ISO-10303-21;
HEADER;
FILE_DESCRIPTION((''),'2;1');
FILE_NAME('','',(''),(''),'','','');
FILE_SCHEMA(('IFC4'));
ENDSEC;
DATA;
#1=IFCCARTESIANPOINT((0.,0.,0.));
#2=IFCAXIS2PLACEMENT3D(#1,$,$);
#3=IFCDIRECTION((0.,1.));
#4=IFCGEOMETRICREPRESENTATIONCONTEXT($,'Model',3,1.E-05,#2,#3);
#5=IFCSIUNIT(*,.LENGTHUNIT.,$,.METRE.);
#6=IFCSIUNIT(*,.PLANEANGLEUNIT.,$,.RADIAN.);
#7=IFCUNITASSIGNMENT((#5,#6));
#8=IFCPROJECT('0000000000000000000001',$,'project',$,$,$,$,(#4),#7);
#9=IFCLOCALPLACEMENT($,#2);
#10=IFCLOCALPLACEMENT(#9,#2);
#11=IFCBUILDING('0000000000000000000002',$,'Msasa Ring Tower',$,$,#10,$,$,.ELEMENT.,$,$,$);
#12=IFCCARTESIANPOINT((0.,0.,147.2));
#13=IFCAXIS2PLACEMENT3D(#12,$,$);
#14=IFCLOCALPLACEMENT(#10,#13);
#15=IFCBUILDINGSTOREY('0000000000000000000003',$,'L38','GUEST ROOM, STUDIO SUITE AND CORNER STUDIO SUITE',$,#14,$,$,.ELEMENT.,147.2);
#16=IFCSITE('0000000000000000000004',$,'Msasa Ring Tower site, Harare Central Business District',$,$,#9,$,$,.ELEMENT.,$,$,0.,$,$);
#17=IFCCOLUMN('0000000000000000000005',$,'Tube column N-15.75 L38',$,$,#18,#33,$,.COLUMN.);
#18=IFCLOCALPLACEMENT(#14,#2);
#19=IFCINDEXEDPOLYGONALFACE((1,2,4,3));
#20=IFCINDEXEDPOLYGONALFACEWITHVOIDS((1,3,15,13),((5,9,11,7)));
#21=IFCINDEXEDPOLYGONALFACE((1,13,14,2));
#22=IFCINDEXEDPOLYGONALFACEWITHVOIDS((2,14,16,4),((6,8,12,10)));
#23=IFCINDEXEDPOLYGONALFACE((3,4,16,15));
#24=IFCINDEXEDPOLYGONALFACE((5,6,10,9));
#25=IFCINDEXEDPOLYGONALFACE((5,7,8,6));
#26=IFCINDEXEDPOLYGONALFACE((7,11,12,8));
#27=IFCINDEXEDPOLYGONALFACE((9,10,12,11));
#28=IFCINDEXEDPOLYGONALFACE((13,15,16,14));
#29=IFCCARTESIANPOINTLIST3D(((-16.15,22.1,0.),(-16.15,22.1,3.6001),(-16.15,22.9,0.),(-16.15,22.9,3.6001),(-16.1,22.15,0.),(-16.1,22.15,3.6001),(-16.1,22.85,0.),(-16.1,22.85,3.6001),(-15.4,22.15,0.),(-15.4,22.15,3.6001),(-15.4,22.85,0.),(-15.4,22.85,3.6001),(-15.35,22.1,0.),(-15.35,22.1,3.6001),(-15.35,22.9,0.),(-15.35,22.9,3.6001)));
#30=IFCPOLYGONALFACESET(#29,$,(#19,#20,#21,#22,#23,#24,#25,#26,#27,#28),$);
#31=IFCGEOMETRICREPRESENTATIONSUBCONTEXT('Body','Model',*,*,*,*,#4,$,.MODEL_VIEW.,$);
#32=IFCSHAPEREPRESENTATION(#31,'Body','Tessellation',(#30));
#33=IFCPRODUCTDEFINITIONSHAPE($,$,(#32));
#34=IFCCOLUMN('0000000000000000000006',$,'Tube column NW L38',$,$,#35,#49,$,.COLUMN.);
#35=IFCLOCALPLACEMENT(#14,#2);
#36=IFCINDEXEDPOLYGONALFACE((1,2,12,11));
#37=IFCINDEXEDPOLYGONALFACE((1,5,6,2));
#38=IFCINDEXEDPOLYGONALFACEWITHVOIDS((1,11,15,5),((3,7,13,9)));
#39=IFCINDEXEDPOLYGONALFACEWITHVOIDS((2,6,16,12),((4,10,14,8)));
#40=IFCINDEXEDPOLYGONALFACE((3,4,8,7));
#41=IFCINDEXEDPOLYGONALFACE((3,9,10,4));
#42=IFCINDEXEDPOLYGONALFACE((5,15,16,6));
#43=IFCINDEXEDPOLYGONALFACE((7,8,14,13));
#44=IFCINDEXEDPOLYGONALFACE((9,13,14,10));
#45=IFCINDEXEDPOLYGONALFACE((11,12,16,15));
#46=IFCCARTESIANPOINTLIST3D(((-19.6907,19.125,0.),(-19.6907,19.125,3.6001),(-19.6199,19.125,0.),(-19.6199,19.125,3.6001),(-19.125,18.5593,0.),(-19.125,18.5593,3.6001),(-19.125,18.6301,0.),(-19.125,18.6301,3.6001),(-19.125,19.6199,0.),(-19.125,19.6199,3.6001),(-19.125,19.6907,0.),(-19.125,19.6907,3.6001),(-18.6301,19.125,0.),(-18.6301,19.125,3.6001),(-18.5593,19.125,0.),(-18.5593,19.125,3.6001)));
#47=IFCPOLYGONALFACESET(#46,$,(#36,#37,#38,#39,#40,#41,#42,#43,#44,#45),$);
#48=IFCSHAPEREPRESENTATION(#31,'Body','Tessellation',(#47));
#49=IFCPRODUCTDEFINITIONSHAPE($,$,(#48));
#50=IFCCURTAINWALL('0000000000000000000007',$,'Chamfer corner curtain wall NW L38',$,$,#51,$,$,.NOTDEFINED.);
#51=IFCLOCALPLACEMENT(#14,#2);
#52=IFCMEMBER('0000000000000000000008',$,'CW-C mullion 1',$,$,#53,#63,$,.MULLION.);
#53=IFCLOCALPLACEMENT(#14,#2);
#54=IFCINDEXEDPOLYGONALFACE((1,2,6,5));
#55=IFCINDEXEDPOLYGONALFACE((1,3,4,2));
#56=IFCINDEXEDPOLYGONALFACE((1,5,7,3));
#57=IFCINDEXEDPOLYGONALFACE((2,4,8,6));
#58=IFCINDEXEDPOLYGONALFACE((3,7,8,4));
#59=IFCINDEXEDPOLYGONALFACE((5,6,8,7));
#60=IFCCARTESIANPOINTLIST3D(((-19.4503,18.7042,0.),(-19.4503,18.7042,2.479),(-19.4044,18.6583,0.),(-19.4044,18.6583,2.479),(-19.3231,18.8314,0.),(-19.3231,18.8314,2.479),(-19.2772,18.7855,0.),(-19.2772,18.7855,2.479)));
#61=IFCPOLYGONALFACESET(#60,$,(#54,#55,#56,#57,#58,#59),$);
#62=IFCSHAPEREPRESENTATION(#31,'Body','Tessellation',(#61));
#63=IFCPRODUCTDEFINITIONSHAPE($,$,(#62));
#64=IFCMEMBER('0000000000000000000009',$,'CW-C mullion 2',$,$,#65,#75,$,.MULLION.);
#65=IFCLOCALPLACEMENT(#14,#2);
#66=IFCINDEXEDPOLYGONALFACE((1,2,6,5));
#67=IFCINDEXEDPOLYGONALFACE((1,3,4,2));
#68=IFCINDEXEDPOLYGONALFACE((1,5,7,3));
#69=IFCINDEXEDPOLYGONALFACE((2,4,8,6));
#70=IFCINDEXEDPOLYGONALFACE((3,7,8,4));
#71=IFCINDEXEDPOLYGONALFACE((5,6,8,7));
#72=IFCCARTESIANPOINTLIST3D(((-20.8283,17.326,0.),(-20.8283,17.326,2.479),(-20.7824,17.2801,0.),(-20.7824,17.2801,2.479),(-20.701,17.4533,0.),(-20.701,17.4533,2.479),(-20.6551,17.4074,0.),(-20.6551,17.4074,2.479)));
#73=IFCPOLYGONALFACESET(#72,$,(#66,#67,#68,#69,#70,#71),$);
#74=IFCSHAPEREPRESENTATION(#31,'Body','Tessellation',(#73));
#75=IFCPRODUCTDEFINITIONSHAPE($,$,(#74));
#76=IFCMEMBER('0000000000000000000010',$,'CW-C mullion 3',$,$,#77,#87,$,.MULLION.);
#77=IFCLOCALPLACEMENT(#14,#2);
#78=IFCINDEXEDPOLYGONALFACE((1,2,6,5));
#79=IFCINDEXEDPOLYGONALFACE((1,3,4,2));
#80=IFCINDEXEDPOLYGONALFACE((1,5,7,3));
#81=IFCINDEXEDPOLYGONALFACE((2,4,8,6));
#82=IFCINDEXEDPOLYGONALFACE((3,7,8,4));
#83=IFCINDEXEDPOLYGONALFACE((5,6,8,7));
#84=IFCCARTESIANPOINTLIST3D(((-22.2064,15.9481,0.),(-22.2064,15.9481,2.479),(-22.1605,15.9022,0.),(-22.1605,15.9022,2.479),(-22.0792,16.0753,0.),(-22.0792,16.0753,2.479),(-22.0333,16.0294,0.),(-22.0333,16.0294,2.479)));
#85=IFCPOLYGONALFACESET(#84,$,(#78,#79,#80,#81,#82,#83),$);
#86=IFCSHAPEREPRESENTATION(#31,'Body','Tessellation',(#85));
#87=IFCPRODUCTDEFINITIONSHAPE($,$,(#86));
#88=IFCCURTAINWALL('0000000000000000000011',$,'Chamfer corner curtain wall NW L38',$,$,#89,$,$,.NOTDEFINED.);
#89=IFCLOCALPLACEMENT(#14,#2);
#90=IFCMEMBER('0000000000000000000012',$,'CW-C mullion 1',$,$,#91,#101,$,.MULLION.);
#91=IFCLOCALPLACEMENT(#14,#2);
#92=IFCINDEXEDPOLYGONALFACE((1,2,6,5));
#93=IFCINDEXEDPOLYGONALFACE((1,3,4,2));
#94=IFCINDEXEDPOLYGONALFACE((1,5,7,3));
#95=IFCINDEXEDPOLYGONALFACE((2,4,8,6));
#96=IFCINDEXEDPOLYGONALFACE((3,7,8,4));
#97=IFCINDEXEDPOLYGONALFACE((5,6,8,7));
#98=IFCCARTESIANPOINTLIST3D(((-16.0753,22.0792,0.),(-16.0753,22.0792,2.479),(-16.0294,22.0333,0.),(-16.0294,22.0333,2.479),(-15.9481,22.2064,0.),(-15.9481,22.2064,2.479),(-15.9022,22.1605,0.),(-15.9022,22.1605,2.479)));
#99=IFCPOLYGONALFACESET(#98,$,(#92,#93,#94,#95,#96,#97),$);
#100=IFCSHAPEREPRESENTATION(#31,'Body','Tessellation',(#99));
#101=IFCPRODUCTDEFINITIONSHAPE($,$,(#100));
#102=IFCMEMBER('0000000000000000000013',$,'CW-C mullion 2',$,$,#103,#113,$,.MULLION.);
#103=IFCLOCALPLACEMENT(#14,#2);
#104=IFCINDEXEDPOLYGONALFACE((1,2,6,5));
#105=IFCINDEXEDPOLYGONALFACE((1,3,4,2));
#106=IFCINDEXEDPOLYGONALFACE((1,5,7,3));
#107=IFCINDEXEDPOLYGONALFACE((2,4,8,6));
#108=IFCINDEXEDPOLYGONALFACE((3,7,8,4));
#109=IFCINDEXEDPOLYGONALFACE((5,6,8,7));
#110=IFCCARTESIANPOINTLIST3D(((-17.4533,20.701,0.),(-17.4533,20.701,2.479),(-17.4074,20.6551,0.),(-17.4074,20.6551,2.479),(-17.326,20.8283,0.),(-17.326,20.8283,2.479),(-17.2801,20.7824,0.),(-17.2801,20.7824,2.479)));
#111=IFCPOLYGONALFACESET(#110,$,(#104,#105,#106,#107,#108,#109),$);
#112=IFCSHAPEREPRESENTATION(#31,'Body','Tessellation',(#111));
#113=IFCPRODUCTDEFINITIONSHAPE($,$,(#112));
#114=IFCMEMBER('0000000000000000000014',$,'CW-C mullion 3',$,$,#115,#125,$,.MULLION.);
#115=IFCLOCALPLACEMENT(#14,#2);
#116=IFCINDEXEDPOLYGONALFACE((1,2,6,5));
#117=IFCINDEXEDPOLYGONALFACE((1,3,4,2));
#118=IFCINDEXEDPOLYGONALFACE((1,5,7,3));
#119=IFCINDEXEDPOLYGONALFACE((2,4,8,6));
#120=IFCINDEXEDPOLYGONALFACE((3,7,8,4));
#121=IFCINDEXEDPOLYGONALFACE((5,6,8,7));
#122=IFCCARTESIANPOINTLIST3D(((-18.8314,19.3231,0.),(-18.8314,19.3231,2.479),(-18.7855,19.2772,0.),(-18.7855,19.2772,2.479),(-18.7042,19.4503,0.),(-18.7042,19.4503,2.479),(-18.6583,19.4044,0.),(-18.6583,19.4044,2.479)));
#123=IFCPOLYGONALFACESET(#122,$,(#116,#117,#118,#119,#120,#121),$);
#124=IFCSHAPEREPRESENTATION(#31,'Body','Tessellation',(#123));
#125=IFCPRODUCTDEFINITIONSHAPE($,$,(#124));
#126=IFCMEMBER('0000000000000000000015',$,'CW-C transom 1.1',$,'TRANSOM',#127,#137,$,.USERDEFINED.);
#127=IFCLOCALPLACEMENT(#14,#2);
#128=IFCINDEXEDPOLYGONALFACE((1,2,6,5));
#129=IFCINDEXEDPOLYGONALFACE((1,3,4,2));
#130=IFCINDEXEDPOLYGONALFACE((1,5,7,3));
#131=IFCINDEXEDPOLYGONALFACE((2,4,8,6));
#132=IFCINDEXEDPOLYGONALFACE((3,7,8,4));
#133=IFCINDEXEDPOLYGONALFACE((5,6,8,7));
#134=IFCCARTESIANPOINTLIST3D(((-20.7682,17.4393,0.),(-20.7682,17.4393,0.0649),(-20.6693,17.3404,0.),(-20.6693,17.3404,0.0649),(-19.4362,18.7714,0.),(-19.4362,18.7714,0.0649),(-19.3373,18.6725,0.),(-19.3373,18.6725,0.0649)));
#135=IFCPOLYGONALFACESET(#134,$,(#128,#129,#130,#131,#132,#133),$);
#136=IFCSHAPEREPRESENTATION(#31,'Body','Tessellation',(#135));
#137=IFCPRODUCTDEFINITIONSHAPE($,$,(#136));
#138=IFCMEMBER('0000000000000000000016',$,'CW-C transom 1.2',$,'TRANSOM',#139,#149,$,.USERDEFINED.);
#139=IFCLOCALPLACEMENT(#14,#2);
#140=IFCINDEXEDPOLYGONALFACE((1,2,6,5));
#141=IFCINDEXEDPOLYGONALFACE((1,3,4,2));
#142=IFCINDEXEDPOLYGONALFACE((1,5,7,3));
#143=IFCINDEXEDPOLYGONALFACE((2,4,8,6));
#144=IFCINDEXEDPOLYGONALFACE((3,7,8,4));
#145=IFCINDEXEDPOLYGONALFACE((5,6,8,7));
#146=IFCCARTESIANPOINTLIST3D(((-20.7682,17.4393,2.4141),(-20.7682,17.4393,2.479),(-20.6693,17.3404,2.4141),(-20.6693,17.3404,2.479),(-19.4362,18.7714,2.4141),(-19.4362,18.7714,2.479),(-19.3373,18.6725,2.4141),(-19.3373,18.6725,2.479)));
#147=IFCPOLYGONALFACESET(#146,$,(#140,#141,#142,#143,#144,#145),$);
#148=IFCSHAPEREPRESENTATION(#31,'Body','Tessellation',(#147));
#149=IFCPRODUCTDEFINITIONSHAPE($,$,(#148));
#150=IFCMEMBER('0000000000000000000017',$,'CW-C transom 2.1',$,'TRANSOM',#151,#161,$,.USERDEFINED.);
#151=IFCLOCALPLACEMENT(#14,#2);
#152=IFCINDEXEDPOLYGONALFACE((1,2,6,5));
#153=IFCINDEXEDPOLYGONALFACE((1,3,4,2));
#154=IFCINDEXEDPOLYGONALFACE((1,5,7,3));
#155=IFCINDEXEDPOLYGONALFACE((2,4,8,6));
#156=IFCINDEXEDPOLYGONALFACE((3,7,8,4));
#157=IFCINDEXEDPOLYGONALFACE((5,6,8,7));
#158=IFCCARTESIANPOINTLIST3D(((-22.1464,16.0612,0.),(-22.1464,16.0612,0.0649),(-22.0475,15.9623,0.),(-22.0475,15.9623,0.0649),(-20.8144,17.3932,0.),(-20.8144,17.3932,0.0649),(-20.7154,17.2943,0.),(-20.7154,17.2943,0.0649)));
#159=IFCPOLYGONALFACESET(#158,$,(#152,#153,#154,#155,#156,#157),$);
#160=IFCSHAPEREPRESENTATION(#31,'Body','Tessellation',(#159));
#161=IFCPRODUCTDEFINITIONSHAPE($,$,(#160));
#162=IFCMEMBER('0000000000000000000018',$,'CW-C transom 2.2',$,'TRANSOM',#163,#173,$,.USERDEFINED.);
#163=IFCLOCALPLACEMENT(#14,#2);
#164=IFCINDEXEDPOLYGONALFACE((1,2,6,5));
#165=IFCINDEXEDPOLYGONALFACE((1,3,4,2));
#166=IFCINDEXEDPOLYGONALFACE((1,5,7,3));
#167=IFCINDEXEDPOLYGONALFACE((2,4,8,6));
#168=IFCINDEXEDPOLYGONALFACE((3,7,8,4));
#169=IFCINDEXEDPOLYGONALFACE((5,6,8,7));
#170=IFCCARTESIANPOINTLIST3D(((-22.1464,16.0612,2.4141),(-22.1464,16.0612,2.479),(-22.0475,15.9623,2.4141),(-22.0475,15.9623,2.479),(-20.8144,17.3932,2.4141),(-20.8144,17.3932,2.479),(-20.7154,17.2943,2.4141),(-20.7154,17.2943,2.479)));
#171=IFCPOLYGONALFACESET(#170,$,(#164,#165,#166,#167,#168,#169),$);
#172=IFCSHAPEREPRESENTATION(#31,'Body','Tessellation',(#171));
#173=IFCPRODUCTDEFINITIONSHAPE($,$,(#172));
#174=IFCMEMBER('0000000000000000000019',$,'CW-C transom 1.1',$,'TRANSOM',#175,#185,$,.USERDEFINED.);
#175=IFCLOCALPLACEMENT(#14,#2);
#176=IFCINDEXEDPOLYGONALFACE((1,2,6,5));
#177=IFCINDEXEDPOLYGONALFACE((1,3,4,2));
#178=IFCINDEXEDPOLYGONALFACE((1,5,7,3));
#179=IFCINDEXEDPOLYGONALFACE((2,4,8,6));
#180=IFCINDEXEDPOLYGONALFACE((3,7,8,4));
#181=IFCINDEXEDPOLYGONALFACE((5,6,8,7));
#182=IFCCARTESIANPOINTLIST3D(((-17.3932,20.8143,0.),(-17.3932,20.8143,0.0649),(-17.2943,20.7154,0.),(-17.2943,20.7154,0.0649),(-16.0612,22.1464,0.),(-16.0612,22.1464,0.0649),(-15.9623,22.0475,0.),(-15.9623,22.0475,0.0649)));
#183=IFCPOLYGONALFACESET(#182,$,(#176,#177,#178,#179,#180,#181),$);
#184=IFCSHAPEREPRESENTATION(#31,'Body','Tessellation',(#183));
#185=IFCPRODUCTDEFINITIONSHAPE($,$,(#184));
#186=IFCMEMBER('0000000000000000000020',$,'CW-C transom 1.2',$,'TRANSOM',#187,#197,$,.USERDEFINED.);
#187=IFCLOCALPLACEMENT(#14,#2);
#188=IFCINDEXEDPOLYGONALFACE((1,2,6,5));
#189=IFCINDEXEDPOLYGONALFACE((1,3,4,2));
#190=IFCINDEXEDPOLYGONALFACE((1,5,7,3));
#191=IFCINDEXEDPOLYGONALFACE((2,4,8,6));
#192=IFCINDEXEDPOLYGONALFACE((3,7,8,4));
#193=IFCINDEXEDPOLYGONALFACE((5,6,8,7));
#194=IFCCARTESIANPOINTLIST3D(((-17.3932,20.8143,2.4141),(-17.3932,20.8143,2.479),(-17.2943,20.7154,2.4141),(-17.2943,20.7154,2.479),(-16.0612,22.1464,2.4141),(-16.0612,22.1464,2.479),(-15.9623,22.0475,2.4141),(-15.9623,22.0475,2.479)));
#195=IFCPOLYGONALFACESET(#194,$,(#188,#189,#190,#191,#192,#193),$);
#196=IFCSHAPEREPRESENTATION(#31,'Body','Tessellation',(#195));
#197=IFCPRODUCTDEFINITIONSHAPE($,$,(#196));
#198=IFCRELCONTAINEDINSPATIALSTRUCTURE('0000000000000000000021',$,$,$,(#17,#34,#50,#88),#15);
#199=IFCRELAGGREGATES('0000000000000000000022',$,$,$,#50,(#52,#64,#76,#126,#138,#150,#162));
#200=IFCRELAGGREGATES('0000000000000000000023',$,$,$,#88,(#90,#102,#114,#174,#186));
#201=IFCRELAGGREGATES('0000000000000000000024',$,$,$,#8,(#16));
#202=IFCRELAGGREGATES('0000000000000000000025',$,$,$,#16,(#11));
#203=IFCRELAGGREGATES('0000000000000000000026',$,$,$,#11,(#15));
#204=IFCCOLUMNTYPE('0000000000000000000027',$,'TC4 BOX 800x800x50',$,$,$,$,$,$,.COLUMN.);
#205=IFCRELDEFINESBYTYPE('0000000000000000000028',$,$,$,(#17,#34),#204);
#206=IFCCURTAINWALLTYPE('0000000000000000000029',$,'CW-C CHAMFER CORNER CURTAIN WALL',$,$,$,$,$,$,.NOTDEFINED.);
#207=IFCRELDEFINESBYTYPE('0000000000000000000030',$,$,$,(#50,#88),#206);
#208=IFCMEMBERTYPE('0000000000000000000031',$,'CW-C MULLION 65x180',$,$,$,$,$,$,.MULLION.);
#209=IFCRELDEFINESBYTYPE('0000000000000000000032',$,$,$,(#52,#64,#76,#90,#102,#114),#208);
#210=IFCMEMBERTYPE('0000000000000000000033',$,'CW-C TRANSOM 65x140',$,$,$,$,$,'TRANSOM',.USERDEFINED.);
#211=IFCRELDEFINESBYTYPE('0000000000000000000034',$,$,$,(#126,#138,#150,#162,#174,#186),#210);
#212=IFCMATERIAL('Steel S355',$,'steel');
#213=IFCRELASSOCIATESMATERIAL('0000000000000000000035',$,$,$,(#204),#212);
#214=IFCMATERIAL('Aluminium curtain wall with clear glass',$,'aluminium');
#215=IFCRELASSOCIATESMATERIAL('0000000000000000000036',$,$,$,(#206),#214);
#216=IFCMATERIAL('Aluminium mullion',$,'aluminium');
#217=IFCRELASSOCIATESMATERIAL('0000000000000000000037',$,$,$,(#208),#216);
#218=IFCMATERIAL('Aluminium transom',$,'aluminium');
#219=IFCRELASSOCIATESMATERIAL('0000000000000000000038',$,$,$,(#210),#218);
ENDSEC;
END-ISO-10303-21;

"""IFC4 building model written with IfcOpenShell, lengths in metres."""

from ifc_helpers import new_model, si_unit, direction, frame, origin, origin_2d, place, context, subcontext, project, spatial, rectangle, hollow_rectangle, extrude, material, material_profile, profile_set, type_object, element, aggregate, save


model = new_model("IFC4")

# Units and contexts
model_context = context("Model", 3, precision=1e-05, world=origin(), true_north=direction((0.0, 1.0)))
body_context = subcontext(model_context, "Body", "Model", "MODEL_VIEW")
ifc_project = project(units=[si_unit("LENGTHUNIT", "METRE"), si_unit("PLANEANGLEUNIT", "RADIAN")], contexts=[model_context])

# Site, building, storey
site_placement = place(None, origin())
site = spatial("IfcSite", under=ifc_project, at=site_placement, Name="Msasa Ring Tower site, Harare Central Business District", CompositionType="ELEMENT", RefElevation=0.0)
building_placement = place(site_placement, origin())
building = spatial("IfcBuilding", under=site, at=building_placement, Name="Msasa Ring Tower", CompositionType="ELEMENT")
storey_placement = place(building_placement, frame((0.0, 0.0, 147.2)))
storey = spatial("IfcBuildingStorey", under=building, at=storey_placement, Name="L38", Description="GUEST ROOM, STUDIO SUITE AND CORNER STUDIO SUITE", CompositionType="ELEMENT", Elevation=147.2)

# Columns
ifc_material_1 = material(Name="Steel S355", Category="steel")
ifc_material_profile_1 = material_profile(ifc_material_1, hollow_rectangle(XDim=0.8, YDim=0.8, WallThickness=0.05, at=origin_2d()), Name="BOX 800x800x50")
ifc_profile_set_1 = profile_set([ifc_material_profile_1], Name="Steel S355")
column_type = type_object("IfcColumnType", Name="TC4 BOX 800x800x50", PredefinedType="COLUMN", material=ifc_profile_set_1)
for number, where, z_axis, x_axis, name in (
    (1, (-15.75, 22.5, 0.0), (0.0, 0.0, 1.0), (0.0, 1.0, 0.0), "Tube column N-15.75 L38"),
    (2, (-19.125, 19.125, 0.0), (0.0, 0.0, 1.0), (0.707107, -0.707107, 0.0), "Tube column NW L38"),
):
    element("IfcColumn", number, at=place(storey_placement, frame(where, z_axis=z_axis, x_axis=x_axis)), inside=storey, type_object=column_type, Name=name, PredefinedType="COLUMN", context=body_context, shape_type="SweptSolid", body=[
        extrude(hollow_rectangle(XDim=0.8, YDim=0.8, WallThickness=0.05, at=origin_2d()), origin(), (0.0, 0.0, 1.0), 3.6001),
    ])

# Curtain walls, members
ifc_material_2 = material(Name="Aluminium curtain wall with clear glass", Category="aluminium")
curtain_wall_type = type_object("IfcCurtainWallType", Name="CW-C CHAMFER CORNER CURTAIN WALL", PredefinedType="NOTDEFINED", material=ifc_material_2)
curtain_wall_1_placement = place(storey_placement, origin())
curtain_wall_1 = element("IfcCurtainWall", 3, at=curtain_wall_1_placement, inside=storey, type_object=curtain_wall_type, Name="Chamfer corner curtain wall NW L38", PredefinedType="NOTDEFINED")
ifc_material_3 = material(Name="Aluminium mullion", Category="aluminium")
ifc_material_profile_2 = material_profile(ifc_material_3, rectangle(XDim=0.0649, YDim=0.1799, at=origin_2d()), Name="AL 65x180")
ifc_profile_set_2 = profile_set([ifc_material_profile_2], Name="Aluminium mullion")
member_type_1 = type_object("IfcMemberType", Name="CW-C MULLION 65x180", PredefinedType="MULLION", material=ifc_profile_set_2)
member_1_placement = place(storey_placement, frame((-19.3638, 18.7449, 0.0), z_axis=(0.0, 0.0, 1.0), x_axis=(0.707107, -0.707107, 0.0)))
member_1 = element("IfcMember", 4, at=member_1_placement, type_object=member_type_1, Name="CW-C mullion 1", PredefinedType="MULLION", context=body_context, shape_type="SweptSolid", body=[
    extrude(rectangle(XDim=0.0649, YDim=0.1799, at=origin_2d()), origin(), (0.0, 0.0, 1.0), 2.479),
])
member_2_placement = place(storey_placement, frame((-20.7417, 17.3667, 0.0), z_axis=(0.0, 0.0, 1.0), x_axis=(0.707107, -0.707107, 0.0)))
member_2 = element("IfcMember", 5, at=member_2_placement, type_object=member_type_1, Name="CW-C mullion 2", PredefinedType="MULLION", context=body_context, shape_type="SweptSolid", body=[
    extrude(rectangle(XDim=0.0649, YDim=0.1799, at=origin_2d()), origin(), (0.0, 0.0, 1.0), 2.479),
])
member_3_placement = place(storey_placement, frame((-22.1199, 15.9888, 0.0), z_axis=(0.0, 0.0, 1.0), x_axis=(0.707107, -0.707107, 0.0)))
member_3 = element("IfcMember", 6, at=member_3_placement, type_object=member_type_1, Name="CW-C mullion 3", PredefinedType="MULLION", context=body_context, shape_type="SweptSolid", body=[
    extrude(rectangle(XDim=0.0649, YDim=0.1799, at=origin_2d()), origin(), (0.0, 0.0, 1.0), 2.479),
])
curtain_wall_2_placement = place(storey_placement, origin())
curtain_wall_2 = element("IfcCurtainWall", 7, at=curtain_wall_2_placement, inside=storey, type_object=curtain_wall_type, Name="Chamfer corner curtain wall NW L38", PredefinedType="NOTDEFINED")
member_4_placement = place(storey_placement, frame((-15.9888, 22.1199, 0.0), z_axis=(0.0, 0.0, 1.0), x_axis=(0.707107, -0.707107, 0.0)))
member_4 = element("IfcMember", 8, at=member_4_placement, type_object=member_type_1, Name="CW-C mullion 1", PredefinedType="MULLION", context=body_context, shape_type="SweptSolid", body=[
    extrude(rectangle(XDim=0.0649, YDim=0.1799, at=origin_2d()), origin(), (0.0, 0.0, 1.0), 2.479),
])
member_5_placement = place(storey_placement, frame((-17.3667, 20.7417, 0.0), z_axis=(0.0, 0.0, 1.0), x_axis=(0.707107, -0.707107, 0.0)))
member_5 = element("IfcMember", 9, at=member_5_placement, type_object=member_type_1, Name="CW-C mullion 2", PredefinedType="MULLION", context=body_context, shape_type="SweptSolid", body=[
    extrude(rectangle(XDim=0.0649, YDim=0.1799, at=origin_2d()), origin(), (0.0, 0.0, 1.0), 2.479),
])
member_6_placement = place(storey_placement, frame((-18.7449, 19.3638, 0.0), z_axis=(0.0, 0.0, 1.0), x_axis=(0.707107, -0.707107, 0.0)))
member_6 = element("IfcMember", 10, at=member_6_placement, type_object=member_type_1, Name="CW-C mullion 3", PredefinedType="MULLION", context=body_context, shape_type="SweptSolid", body=[
    extrude(rectangle(XDim=0.0649, YDim=0.1799, at=origin_2d()), origin(), (0.0, 0.0, 1.0), 2.479),
])

# Members
ifc_material_4 = material(Name="Aluminium transom", Category="aluminium")
ifc_material_profile_3 = material_profile(ifc_material_4, rectangle(XDim=0.1399, YDim=0.0649, at=origin_2d()), Name="AL 65x140")
ifc_profile_set_3 = profile_set([ifc_material_profile_3], Name="Aluminium transom")
member_type_2 = type_object("IfcMemberType", Name="CW-C TRANSOM 65x140", ElementType="TRANSOM", PredefinedType="USERDEFINED", material=ifc_profile_set_3)
member_7_placement = place(storey_placement, frame((-19.3867, 18.7219, 0.0325), z_axis=(-0.707107, -0.707107, 0.0), x_axis=(0.707107, -0.707107, 0.0)))
member_7 = element("IfcMember", 11, at=member_7_placement, type_object=member_type_2, Name="CW-C transom 1.1", ObjectType="TRANSOM", PredefinedType="USERDEFINED", context=body_context, shape_type="SweptSolid", body=[
    extrude(rectangle(XDim=0.1399, YDim=0.0649, at=origin_2d()), origin(), (0.0, 0.0, 1.0), 1.8838),
])
member_8_placement = place(storey_placement, frame((-19.3867, 18.7219, 2.4465), z_axis=(-0.707107, -0.707107, 0.0), x_axis=(0.707107, -0.707107, 0.0)))
member_8 = element("IfcMember", 12, at=member_8_placement, type_object=member_type_2, Name="CW-C transom 1.2", ObjectType="TRANSOM", PredefinedType="USERDEFINED", context=body_context, shape_type="SweptSolid", body=[
    extrude(rectangle(XDim=0.1399, YDim=0.0649, at=origin_2d()), origin(), (0.0, 0.0, 1.0), 1.8838),
])
member_9_placement = place(storey_placement, frame((-20.7649, 17.3438, 0.0325), z_axis=(-0.707107, -0.707107, 0.0), x_axis=(0.707107, -0.707107, 0.0)))
member_9 = element("IfcMember", 13, at=member_9_placement, type_object=member_type_2, Name="CW-C transom 2.1", ObjectType="TRANSOM", PredefinedType="USERDEFINED", context=body_context, shape_type="SweptSolid", body=[
    extrude(rectangle(XDim=0.1399, YDim=0.0649, at=origin_2d()), origin(), (0.0, 0.0, 1.0), 1.8838),
])
member_10_placement = place(storey_placement, frame((-20.7649, 17.3438, 2.4465), z_axis=(-0.707107, -0.707107, 0.0), x_axis=(0.707107, -0.707107, 0.0)))
member_10 = element("IfcMember", 14, at=member_10_placement, type_object=member_type_2, Name="CW-C transom 2.2", ObjectType="TRANSOM", PredefinedType="USERDEFINED", context=body_context, shape_type="SweptSolid", body=[
    extrude(rectangle(XDim=0.1399, YDim=0.0649, at=origin_2d()), origin(), (0.0, 0.0, 1.0), 1.8838),
])
member_11_placement = place(storey_placement, frame((-16.0117, 22.0969, 0.0325), z_axis=(-0.707107, -0.707107, 0.0), x_axis=(0.707107, -0.707107, 0.0)))
member_11 = element("IfcMember", 15, at=member_11_placement, type_object=member_type_2, Name="CW-C transom 1.1", ObjectType="TRANSOM", PredefinedType="USERDEFINED", context=body_context, shape_type="SweptSolid", body=[
    extrude(rectangle(XDim=0.1399, YDim=0.0649, at=origin_2d()), origin(), (0.0, 0.0, 1.0), 1.8838),
])
member_12_placement = place(storey_placement, frame((-16.0117, 22.0969, 2.4465), z_axis=(-0.707107, -0.707107, 0.0), x_axis=(0.707107, -0.707107, 0.0)))
member_12 = element("IfcMember", 16, at=member_12_placement, type_object=member_type_2, Name="CW-C transom 1.2", ObjectType="TRANSOM", PredefinedType="USERDEFINED", context=body_context, shape_type="SweptSolid", body=[
    extrude(rectangle(XDim=0.1399, YDim=0.0649, at=origin_2d()), origin(), (0.0, 0.0, 1.0), 1.8838),
])

aggregate(curtain_wall_1, [member_1, member_2, member_3, member_7, member_8, member_9, member_10])
aggregate(curtain_wall_2, [member_4, member_5, member_6, member_11, member_12])

save(model, "model.ifc")
